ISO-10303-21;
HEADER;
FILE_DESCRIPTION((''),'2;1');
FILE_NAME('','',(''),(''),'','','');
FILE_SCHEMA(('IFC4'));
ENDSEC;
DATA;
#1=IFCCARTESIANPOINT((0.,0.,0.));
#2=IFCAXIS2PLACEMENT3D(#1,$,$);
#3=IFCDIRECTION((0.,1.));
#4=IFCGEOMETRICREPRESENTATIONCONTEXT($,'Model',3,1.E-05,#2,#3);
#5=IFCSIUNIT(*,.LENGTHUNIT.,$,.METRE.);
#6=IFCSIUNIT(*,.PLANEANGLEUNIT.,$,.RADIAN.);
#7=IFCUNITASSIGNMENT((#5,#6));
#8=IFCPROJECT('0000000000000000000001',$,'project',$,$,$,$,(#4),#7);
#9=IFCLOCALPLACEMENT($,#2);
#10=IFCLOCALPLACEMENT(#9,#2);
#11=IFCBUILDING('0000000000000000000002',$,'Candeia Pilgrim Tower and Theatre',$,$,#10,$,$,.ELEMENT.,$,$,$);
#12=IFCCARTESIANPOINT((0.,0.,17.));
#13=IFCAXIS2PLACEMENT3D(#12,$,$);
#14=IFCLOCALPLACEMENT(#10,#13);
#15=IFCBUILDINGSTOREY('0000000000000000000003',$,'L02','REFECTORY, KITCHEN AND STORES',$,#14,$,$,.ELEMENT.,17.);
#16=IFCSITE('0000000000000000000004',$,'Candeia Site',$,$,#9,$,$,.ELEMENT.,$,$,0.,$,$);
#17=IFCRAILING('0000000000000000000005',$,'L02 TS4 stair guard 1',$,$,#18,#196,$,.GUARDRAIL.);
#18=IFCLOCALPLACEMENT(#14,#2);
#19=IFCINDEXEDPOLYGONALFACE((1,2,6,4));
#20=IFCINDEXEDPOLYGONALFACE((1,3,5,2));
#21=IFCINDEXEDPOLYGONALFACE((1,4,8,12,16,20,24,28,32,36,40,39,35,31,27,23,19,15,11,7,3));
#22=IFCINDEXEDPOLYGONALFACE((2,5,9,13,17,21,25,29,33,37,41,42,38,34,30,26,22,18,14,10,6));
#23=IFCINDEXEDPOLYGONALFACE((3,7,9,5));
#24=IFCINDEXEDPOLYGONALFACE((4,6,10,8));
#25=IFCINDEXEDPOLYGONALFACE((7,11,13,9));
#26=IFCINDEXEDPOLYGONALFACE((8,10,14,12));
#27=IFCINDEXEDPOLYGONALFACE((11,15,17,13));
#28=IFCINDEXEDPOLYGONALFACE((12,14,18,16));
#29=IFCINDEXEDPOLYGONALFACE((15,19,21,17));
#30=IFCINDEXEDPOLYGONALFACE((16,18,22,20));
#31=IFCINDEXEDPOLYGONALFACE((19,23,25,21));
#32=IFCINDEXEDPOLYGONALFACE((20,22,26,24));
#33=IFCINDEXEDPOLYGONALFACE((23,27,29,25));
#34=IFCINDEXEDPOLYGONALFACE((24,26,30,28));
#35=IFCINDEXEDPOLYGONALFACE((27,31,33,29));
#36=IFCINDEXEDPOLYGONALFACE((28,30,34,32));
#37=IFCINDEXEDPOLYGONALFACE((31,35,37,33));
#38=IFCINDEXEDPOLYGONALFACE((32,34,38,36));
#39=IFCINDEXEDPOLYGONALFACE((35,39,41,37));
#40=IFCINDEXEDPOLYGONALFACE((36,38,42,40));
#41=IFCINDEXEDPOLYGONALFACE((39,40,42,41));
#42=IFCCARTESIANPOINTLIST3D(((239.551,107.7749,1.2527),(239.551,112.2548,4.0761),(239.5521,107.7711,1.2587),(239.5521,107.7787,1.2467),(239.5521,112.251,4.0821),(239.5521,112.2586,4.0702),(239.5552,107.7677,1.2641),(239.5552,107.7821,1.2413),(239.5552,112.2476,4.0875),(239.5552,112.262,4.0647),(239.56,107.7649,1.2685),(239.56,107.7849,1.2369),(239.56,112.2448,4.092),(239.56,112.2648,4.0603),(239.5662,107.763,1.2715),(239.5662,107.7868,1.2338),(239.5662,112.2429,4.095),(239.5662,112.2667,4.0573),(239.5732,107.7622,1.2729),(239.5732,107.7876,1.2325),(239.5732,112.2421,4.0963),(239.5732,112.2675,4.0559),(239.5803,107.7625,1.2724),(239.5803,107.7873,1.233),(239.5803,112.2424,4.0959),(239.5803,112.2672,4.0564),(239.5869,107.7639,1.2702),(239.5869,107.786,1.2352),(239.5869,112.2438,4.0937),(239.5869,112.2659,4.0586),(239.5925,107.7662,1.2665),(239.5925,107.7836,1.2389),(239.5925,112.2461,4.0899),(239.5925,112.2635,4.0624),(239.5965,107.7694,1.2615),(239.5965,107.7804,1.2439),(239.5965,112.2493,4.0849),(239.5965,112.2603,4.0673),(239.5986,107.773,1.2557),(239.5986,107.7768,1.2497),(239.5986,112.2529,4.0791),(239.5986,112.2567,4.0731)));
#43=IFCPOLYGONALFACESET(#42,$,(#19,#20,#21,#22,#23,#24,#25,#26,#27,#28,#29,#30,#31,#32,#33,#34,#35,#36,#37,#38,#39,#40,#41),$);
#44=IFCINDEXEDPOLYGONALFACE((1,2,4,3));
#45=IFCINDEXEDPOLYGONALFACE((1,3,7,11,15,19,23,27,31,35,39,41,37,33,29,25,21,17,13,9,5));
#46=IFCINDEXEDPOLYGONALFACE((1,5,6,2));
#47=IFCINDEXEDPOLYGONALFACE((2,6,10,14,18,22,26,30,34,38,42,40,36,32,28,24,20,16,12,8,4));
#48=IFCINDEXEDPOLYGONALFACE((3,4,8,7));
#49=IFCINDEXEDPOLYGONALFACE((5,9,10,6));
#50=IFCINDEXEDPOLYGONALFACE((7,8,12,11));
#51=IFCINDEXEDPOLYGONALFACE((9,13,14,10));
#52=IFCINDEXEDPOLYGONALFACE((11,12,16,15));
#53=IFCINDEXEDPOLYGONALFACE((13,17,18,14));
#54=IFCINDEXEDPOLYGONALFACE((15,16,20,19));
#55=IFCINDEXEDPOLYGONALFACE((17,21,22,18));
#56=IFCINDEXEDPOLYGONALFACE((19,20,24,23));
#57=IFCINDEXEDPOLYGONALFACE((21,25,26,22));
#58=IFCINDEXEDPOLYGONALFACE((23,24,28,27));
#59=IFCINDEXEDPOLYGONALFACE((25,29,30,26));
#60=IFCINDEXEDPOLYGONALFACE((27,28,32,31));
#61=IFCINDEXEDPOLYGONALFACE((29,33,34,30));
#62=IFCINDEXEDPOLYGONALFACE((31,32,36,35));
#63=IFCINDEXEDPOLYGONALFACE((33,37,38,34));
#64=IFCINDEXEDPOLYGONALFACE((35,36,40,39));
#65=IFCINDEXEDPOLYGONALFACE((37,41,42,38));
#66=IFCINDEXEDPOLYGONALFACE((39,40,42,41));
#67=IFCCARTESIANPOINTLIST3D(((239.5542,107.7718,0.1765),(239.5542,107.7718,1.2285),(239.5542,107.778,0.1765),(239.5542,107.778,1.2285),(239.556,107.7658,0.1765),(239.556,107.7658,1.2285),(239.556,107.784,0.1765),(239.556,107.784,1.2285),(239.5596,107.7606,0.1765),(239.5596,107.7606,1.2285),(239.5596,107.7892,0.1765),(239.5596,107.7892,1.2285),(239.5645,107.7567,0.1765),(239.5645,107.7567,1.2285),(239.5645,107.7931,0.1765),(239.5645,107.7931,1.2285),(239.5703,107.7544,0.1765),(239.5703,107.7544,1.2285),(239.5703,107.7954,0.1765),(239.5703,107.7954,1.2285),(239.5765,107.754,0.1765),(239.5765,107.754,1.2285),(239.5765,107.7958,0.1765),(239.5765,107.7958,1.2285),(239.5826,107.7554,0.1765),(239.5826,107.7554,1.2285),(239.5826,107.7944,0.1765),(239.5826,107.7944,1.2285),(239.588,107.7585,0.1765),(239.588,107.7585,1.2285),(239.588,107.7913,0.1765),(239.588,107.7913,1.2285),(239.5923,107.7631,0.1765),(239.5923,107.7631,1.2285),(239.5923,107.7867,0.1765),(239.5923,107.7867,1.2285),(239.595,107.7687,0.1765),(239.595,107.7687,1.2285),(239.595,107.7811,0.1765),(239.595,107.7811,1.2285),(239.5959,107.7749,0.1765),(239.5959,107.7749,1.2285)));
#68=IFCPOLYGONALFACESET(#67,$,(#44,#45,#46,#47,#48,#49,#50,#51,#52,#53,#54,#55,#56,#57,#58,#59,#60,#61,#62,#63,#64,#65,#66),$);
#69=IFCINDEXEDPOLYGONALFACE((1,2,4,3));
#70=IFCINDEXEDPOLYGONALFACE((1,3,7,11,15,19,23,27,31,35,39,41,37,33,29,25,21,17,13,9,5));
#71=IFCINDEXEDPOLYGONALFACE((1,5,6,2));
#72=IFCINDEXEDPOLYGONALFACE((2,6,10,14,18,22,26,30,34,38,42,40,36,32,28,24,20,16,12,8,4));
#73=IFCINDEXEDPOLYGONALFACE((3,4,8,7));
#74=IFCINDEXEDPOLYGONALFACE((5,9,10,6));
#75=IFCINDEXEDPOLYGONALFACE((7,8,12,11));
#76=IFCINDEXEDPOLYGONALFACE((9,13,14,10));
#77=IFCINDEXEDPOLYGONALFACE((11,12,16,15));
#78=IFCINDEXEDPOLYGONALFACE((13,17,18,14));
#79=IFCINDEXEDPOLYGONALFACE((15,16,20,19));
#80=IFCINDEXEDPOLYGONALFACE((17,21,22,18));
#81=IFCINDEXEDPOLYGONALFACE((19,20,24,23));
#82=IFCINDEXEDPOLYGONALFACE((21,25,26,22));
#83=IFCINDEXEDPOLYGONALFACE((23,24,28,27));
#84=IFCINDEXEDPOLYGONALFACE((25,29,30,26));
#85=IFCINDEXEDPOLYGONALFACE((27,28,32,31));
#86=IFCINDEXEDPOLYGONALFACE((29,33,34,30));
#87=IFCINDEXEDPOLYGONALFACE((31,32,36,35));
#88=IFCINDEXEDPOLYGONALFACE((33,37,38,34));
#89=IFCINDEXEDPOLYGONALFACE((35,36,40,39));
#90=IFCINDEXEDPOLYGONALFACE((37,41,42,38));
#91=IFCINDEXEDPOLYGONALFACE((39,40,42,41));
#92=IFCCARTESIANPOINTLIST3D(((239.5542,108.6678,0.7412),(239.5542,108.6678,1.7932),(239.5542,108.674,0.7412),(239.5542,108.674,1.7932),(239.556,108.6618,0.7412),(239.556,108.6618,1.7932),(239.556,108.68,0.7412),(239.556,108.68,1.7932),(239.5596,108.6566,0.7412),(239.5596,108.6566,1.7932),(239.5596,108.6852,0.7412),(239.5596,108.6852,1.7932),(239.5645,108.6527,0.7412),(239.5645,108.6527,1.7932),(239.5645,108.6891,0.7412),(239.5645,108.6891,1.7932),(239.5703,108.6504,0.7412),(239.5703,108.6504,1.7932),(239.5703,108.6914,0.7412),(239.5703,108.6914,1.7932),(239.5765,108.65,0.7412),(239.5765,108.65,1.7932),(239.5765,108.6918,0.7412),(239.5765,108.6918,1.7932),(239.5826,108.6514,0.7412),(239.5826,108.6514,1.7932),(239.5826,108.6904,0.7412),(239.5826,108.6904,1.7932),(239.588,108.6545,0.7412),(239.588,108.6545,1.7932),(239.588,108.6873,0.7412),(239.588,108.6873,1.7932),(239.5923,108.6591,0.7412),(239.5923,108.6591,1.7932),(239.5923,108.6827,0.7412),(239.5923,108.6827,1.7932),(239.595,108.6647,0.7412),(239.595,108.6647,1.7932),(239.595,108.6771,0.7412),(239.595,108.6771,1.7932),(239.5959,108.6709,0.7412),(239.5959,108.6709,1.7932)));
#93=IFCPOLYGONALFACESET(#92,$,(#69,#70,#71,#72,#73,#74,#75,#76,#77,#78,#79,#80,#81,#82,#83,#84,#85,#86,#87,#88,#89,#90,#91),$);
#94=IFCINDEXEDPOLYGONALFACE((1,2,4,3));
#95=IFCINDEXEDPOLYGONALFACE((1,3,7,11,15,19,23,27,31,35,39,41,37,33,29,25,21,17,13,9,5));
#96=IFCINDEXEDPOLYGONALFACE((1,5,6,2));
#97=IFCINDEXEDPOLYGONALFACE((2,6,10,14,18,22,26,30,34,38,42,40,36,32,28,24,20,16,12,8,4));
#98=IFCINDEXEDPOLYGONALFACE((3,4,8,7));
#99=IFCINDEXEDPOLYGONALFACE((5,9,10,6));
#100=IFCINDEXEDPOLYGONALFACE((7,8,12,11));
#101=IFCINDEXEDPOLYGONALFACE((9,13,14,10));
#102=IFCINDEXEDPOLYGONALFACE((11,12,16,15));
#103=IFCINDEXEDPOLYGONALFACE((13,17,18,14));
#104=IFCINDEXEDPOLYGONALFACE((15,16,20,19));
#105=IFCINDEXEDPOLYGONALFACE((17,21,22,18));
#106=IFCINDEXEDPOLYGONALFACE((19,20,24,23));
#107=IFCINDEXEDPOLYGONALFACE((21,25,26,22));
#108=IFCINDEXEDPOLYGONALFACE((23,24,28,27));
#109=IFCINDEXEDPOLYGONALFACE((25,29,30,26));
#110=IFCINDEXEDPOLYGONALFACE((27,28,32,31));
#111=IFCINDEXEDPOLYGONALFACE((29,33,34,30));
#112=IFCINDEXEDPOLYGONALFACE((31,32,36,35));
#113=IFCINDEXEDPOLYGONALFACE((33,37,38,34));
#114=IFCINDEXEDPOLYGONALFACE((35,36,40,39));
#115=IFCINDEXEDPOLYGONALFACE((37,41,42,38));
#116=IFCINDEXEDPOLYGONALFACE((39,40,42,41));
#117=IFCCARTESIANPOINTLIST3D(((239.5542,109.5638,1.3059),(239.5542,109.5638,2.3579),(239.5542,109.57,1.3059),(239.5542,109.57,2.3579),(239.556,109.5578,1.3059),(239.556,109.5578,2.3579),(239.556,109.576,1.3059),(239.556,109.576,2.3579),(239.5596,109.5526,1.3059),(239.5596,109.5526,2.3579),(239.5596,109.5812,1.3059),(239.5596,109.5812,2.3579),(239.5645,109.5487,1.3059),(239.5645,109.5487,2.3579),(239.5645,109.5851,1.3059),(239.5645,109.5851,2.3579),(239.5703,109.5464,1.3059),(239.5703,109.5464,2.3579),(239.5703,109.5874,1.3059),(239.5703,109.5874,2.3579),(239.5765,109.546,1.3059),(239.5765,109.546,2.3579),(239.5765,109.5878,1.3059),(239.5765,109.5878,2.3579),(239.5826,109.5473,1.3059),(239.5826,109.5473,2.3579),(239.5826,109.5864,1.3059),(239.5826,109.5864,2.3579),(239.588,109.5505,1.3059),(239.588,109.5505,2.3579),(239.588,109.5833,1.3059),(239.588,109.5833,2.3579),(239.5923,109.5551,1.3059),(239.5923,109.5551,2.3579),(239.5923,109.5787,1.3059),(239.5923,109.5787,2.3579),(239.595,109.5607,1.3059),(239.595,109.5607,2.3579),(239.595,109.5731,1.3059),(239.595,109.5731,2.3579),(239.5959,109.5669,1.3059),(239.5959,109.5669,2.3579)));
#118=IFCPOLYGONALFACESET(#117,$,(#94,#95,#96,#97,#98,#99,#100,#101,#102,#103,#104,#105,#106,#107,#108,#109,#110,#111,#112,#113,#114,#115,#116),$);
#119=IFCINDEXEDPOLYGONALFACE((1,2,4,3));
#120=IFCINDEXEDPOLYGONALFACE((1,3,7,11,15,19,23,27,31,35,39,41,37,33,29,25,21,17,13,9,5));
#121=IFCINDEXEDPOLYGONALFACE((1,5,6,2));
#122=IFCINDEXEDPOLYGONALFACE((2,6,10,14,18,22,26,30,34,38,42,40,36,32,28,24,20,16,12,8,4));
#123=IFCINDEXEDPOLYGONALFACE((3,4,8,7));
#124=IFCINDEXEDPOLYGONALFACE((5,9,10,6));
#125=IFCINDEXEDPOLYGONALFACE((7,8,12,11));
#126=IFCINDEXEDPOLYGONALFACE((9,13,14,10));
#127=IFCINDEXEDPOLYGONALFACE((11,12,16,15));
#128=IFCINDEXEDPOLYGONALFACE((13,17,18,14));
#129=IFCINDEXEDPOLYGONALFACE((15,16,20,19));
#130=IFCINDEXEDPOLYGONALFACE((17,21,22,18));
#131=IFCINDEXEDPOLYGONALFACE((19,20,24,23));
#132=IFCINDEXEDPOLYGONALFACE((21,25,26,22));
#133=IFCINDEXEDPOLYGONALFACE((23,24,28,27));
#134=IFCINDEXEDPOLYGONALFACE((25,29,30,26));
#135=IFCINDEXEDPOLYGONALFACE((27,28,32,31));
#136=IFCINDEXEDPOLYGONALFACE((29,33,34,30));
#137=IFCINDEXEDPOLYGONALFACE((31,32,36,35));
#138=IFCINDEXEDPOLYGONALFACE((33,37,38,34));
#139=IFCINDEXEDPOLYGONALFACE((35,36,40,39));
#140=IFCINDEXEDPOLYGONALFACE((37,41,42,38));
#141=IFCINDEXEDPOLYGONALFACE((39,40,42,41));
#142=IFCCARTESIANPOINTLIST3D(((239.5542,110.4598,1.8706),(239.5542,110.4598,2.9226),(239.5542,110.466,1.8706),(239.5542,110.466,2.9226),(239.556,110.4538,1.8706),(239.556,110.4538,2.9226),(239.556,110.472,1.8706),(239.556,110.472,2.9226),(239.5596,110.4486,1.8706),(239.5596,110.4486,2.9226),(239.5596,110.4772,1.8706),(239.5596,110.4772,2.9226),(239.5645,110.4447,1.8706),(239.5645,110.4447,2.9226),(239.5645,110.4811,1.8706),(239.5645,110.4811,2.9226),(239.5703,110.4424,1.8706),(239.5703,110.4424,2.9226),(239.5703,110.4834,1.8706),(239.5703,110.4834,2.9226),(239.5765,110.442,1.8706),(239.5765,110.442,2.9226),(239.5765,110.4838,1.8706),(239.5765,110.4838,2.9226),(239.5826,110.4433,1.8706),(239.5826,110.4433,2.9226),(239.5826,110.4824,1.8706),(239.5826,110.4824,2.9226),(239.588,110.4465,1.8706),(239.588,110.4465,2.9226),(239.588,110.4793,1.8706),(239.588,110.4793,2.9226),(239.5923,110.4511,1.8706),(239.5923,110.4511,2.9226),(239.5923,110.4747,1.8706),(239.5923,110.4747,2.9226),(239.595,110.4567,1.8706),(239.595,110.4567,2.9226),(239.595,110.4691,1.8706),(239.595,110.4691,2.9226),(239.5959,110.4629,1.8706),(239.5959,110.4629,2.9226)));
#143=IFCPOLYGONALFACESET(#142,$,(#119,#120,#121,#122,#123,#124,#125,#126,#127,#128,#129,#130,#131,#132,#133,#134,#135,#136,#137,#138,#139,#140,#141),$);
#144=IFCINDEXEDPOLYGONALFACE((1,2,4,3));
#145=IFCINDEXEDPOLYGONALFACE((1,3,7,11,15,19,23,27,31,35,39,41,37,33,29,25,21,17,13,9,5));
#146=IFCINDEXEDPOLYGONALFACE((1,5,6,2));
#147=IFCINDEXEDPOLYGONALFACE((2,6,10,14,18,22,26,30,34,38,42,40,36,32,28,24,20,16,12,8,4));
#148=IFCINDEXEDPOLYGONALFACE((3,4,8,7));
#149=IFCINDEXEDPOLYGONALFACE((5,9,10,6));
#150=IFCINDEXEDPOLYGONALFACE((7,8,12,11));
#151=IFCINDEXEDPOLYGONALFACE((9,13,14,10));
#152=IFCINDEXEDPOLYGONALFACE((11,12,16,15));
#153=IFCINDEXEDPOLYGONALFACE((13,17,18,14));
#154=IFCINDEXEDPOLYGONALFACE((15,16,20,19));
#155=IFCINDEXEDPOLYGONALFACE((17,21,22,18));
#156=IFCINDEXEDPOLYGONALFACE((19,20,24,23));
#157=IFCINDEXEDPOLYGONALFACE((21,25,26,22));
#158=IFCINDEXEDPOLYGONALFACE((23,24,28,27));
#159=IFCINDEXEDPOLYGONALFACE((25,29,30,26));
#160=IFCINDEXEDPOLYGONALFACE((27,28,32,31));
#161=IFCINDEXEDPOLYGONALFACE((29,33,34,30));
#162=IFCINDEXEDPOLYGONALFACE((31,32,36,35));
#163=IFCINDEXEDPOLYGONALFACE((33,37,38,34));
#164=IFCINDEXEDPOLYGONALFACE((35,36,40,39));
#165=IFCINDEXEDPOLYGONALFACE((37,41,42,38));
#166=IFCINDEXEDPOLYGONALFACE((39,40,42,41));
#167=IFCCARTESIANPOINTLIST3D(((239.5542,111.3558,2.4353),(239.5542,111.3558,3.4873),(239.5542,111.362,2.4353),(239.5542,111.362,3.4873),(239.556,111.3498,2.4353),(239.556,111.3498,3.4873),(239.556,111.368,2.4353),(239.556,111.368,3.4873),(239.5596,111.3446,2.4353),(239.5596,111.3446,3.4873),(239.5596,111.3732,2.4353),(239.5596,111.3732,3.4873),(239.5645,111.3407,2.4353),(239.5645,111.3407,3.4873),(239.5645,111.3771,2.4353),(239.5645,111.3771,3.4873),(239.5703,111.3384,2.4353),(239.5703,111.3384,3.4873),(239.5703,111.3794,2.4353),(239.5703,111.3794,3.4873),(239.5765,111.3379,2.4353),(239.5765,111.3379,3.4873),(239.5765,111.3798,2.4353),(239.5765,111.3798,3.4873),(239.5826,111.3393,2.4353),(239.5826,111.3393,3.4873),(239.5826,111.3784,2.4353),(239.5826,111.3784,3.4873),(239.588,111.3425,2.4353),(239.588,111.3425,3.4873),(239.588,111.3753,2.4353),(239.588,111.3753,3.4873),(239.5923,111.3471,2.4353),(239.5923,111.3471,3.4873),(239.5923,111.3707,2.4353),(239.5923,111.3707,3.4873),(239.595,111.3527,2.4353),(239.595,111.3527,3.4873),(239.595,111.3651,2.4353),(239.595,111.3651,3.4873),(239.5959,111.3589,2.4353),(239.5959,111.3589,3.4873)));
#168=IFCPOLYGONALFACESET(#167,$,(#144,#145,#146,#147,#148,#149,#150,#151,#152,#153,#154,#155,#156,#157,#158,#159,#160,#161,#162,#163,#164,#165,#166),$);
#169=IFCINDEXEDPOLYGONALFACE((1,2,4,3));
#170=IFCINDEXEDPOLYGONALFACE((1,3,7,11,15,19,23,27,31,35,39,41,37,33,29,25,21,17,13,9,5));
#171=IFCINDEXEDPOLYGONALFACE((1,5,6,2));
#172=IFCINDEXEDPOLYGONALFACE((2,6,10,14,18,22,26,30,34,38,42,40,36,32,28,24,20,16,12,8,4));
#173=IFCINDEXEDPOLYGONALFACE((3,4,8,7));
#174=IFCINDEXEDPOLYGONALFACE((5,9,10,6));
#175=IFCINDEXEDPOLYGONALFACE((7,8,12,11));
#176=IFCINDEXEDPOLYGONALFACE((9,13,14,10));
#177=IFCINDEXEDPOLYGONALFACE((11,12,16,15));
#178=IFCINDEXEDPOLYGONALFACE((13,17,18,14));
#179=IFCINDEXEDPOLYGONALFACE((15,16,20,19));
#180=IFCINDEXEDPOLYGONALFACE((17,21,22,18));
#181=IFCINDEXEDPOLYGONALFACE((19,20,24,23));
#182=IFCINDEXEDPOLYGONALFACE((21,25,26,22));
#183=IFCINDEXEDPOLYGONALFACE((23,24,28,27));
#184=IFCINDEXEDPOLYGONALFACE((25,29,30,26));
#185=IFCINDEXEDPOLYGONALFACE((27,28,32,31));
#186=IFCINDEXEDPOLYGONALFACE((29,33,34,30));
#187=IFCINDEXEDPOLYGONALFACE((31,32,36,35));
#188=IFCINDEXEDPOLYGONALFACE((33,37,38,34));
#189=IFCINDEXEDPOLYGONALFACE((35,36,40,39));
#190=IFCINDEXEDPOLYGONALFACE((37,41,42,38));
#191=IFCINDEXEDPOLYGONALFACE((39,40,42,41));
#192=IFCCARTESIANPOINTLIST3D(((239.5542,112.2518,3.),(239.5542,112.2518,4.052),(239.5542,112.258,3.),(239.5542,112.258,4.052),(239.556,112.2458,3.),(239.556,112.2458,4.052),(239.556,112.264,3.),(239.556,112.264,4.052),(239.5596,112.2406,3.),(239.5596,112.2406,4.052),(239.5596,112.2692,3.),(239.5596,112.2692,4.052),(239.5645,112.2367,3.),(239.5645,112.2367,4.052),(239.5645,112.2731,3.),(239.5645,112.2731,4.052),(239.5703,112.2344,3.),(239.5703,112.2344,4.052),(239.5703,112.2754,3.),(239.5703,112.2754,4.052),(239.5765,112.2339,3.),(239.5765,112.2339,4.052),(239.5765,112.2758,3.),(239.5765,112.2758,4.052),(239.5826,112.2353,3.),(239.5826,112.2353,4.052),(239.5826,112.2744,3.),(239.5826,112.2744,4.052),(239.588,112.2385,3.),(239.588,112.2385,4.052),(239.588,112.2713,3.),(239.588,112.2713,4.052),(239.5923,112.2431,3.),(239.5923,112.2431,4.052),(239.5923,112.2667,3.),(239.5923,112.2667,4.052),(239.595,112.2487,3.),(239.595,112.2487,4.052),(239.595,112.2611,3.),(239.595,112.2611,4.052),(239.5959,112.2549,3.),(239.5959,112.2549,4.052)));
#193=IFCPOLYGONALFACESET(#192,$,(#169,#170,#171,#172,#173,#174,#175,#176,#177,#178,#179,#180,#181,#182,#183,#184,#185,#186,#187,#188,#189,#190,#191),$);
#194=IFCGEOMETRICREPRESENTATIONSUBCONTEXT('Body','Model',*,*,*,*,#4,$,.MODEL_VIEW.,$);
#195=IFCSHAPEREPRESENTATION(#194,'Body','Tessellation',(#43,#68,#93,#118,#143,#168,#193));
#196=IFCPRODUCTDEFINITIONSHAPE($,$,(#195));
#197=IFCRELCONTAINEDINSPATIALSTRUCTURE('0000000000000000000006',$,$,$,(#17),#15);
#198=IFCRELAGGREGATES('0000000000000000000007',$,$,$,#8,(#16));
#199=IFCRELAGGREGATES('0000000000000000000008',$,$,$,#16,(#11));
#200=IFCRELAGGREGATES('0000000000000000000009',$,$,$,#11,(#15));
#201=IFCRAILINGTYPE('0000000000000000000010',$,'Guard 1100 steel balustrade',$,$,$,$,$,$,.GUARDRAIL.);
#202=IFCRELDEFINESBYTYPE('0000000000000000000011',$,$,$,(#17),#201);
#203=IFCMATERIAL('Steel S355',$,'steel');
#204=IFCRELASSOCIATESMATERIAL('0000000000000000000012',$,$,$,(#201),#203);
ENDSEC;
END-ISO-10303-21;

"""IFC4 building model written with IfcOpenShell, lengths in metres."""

from ifc_helpers import new_model, si_unit, direction, frame, origin, origin_2d, place, context, subcontext, project, spatial, circle, extrude, material, type_object, element, save


model = new_model("IFC4")

# Units and contexts
model_context = context("Model", 3, precision=1e-05, world=origin(), true_north=direction((0.0, 1.0)))
body_context = subcontext(model_context, "Body", "Model", "MODEL_VIEW")
ifc_project = project(units=[si_unit("LENGTHUNIT", "METRE"), si_unit("PLANEANGLEUNIT", "RADIAN")], contexts=[model_context])

# Site, building, storey
site_placement = place(None, origin())
site = spatial("IfcSite", under=ifc_project, at=site_placement, Name="Candeia Site", CompositionType="ELEMENT", RefElevation=0.0)
building_placement = place(site_placement, origin())
building = spatial("IfcBuilding", under=site, at=building_placement, Name="Candeia Pilgrim Tower and Theatre", CompositionType="ELEMENT")
storey_placement = place(building_placement, frame((0.0, 0.0, 17.0)))
storey = spatial("IfcBuildingStorey", under=building, at=storey_placement, Name="L02", Description="REFECTORY, KITCHEN AND STORES", CompositionType="ELEMENT", Elevation=17.0)

# Railing
ifc_material_1 = material(Name="Steel S355", Category="steel")
railing_type_1 = type_object("IfcRailingType", Name="Guard 1100 steel balustrade", PredefinedType="GUARDRAIL", material=ifc_material_1)
railing_1_placement = place(storey_placement, frame((239.575, 107.7749, 0.1765)))
element("IfcRailing", 1, at=railing_1_placement, inside=storey, type_object=railing_type_1, Name="L02 TS4 stair guard 1", PredefinedType="GUARDRAIL", context=body_context, shape_type="SweptSolid", body=[
    extrude(circle(Radius=0.0239, at=origin_2d()), frame((0.0, 0.0, 1.0762), z_axis=(0.0, 0.845998, 0.533186), x_axis=(-1.0, 0.0, 0.0)), (0.0, 0.0, 1.0), 5.2954),
    extrude(circle(Radius=0.021, at=origin_2d()), origin(), (0.0, 0.0, 1.0), 1.052),
    extrude(circle(Radius=0.021, at=origin_2d()), frame((0.0, 0.896, 0.5647)), (0.0, 0.0, 1.0), 1.052),
    extrude(circle(Radius=0.021, at=origin_2d()), frame((0.0, 1.792, 1.1294)), (0.0, 0.0, 1.0), 1.052),
    extrude(circle(Radius=0.021, at=origin_2d()), frame((0.0, 2.688, 1.6941)), (0.0, 0.0, 1.0), 1.052),
    extrude(circle(Radius=0.021, at=origin_2d()), frame((0.0, 3.584, 2.2588)), (0.0, 0.0, 1.0), 1.052),
    extrude(circle(Radius=0.021, at=origin_2d()), frame((0.0, 4.48, 2.8235)), (0.0, 0.0, 1.0), 1.052),
])

save(model, "model.ifc")
